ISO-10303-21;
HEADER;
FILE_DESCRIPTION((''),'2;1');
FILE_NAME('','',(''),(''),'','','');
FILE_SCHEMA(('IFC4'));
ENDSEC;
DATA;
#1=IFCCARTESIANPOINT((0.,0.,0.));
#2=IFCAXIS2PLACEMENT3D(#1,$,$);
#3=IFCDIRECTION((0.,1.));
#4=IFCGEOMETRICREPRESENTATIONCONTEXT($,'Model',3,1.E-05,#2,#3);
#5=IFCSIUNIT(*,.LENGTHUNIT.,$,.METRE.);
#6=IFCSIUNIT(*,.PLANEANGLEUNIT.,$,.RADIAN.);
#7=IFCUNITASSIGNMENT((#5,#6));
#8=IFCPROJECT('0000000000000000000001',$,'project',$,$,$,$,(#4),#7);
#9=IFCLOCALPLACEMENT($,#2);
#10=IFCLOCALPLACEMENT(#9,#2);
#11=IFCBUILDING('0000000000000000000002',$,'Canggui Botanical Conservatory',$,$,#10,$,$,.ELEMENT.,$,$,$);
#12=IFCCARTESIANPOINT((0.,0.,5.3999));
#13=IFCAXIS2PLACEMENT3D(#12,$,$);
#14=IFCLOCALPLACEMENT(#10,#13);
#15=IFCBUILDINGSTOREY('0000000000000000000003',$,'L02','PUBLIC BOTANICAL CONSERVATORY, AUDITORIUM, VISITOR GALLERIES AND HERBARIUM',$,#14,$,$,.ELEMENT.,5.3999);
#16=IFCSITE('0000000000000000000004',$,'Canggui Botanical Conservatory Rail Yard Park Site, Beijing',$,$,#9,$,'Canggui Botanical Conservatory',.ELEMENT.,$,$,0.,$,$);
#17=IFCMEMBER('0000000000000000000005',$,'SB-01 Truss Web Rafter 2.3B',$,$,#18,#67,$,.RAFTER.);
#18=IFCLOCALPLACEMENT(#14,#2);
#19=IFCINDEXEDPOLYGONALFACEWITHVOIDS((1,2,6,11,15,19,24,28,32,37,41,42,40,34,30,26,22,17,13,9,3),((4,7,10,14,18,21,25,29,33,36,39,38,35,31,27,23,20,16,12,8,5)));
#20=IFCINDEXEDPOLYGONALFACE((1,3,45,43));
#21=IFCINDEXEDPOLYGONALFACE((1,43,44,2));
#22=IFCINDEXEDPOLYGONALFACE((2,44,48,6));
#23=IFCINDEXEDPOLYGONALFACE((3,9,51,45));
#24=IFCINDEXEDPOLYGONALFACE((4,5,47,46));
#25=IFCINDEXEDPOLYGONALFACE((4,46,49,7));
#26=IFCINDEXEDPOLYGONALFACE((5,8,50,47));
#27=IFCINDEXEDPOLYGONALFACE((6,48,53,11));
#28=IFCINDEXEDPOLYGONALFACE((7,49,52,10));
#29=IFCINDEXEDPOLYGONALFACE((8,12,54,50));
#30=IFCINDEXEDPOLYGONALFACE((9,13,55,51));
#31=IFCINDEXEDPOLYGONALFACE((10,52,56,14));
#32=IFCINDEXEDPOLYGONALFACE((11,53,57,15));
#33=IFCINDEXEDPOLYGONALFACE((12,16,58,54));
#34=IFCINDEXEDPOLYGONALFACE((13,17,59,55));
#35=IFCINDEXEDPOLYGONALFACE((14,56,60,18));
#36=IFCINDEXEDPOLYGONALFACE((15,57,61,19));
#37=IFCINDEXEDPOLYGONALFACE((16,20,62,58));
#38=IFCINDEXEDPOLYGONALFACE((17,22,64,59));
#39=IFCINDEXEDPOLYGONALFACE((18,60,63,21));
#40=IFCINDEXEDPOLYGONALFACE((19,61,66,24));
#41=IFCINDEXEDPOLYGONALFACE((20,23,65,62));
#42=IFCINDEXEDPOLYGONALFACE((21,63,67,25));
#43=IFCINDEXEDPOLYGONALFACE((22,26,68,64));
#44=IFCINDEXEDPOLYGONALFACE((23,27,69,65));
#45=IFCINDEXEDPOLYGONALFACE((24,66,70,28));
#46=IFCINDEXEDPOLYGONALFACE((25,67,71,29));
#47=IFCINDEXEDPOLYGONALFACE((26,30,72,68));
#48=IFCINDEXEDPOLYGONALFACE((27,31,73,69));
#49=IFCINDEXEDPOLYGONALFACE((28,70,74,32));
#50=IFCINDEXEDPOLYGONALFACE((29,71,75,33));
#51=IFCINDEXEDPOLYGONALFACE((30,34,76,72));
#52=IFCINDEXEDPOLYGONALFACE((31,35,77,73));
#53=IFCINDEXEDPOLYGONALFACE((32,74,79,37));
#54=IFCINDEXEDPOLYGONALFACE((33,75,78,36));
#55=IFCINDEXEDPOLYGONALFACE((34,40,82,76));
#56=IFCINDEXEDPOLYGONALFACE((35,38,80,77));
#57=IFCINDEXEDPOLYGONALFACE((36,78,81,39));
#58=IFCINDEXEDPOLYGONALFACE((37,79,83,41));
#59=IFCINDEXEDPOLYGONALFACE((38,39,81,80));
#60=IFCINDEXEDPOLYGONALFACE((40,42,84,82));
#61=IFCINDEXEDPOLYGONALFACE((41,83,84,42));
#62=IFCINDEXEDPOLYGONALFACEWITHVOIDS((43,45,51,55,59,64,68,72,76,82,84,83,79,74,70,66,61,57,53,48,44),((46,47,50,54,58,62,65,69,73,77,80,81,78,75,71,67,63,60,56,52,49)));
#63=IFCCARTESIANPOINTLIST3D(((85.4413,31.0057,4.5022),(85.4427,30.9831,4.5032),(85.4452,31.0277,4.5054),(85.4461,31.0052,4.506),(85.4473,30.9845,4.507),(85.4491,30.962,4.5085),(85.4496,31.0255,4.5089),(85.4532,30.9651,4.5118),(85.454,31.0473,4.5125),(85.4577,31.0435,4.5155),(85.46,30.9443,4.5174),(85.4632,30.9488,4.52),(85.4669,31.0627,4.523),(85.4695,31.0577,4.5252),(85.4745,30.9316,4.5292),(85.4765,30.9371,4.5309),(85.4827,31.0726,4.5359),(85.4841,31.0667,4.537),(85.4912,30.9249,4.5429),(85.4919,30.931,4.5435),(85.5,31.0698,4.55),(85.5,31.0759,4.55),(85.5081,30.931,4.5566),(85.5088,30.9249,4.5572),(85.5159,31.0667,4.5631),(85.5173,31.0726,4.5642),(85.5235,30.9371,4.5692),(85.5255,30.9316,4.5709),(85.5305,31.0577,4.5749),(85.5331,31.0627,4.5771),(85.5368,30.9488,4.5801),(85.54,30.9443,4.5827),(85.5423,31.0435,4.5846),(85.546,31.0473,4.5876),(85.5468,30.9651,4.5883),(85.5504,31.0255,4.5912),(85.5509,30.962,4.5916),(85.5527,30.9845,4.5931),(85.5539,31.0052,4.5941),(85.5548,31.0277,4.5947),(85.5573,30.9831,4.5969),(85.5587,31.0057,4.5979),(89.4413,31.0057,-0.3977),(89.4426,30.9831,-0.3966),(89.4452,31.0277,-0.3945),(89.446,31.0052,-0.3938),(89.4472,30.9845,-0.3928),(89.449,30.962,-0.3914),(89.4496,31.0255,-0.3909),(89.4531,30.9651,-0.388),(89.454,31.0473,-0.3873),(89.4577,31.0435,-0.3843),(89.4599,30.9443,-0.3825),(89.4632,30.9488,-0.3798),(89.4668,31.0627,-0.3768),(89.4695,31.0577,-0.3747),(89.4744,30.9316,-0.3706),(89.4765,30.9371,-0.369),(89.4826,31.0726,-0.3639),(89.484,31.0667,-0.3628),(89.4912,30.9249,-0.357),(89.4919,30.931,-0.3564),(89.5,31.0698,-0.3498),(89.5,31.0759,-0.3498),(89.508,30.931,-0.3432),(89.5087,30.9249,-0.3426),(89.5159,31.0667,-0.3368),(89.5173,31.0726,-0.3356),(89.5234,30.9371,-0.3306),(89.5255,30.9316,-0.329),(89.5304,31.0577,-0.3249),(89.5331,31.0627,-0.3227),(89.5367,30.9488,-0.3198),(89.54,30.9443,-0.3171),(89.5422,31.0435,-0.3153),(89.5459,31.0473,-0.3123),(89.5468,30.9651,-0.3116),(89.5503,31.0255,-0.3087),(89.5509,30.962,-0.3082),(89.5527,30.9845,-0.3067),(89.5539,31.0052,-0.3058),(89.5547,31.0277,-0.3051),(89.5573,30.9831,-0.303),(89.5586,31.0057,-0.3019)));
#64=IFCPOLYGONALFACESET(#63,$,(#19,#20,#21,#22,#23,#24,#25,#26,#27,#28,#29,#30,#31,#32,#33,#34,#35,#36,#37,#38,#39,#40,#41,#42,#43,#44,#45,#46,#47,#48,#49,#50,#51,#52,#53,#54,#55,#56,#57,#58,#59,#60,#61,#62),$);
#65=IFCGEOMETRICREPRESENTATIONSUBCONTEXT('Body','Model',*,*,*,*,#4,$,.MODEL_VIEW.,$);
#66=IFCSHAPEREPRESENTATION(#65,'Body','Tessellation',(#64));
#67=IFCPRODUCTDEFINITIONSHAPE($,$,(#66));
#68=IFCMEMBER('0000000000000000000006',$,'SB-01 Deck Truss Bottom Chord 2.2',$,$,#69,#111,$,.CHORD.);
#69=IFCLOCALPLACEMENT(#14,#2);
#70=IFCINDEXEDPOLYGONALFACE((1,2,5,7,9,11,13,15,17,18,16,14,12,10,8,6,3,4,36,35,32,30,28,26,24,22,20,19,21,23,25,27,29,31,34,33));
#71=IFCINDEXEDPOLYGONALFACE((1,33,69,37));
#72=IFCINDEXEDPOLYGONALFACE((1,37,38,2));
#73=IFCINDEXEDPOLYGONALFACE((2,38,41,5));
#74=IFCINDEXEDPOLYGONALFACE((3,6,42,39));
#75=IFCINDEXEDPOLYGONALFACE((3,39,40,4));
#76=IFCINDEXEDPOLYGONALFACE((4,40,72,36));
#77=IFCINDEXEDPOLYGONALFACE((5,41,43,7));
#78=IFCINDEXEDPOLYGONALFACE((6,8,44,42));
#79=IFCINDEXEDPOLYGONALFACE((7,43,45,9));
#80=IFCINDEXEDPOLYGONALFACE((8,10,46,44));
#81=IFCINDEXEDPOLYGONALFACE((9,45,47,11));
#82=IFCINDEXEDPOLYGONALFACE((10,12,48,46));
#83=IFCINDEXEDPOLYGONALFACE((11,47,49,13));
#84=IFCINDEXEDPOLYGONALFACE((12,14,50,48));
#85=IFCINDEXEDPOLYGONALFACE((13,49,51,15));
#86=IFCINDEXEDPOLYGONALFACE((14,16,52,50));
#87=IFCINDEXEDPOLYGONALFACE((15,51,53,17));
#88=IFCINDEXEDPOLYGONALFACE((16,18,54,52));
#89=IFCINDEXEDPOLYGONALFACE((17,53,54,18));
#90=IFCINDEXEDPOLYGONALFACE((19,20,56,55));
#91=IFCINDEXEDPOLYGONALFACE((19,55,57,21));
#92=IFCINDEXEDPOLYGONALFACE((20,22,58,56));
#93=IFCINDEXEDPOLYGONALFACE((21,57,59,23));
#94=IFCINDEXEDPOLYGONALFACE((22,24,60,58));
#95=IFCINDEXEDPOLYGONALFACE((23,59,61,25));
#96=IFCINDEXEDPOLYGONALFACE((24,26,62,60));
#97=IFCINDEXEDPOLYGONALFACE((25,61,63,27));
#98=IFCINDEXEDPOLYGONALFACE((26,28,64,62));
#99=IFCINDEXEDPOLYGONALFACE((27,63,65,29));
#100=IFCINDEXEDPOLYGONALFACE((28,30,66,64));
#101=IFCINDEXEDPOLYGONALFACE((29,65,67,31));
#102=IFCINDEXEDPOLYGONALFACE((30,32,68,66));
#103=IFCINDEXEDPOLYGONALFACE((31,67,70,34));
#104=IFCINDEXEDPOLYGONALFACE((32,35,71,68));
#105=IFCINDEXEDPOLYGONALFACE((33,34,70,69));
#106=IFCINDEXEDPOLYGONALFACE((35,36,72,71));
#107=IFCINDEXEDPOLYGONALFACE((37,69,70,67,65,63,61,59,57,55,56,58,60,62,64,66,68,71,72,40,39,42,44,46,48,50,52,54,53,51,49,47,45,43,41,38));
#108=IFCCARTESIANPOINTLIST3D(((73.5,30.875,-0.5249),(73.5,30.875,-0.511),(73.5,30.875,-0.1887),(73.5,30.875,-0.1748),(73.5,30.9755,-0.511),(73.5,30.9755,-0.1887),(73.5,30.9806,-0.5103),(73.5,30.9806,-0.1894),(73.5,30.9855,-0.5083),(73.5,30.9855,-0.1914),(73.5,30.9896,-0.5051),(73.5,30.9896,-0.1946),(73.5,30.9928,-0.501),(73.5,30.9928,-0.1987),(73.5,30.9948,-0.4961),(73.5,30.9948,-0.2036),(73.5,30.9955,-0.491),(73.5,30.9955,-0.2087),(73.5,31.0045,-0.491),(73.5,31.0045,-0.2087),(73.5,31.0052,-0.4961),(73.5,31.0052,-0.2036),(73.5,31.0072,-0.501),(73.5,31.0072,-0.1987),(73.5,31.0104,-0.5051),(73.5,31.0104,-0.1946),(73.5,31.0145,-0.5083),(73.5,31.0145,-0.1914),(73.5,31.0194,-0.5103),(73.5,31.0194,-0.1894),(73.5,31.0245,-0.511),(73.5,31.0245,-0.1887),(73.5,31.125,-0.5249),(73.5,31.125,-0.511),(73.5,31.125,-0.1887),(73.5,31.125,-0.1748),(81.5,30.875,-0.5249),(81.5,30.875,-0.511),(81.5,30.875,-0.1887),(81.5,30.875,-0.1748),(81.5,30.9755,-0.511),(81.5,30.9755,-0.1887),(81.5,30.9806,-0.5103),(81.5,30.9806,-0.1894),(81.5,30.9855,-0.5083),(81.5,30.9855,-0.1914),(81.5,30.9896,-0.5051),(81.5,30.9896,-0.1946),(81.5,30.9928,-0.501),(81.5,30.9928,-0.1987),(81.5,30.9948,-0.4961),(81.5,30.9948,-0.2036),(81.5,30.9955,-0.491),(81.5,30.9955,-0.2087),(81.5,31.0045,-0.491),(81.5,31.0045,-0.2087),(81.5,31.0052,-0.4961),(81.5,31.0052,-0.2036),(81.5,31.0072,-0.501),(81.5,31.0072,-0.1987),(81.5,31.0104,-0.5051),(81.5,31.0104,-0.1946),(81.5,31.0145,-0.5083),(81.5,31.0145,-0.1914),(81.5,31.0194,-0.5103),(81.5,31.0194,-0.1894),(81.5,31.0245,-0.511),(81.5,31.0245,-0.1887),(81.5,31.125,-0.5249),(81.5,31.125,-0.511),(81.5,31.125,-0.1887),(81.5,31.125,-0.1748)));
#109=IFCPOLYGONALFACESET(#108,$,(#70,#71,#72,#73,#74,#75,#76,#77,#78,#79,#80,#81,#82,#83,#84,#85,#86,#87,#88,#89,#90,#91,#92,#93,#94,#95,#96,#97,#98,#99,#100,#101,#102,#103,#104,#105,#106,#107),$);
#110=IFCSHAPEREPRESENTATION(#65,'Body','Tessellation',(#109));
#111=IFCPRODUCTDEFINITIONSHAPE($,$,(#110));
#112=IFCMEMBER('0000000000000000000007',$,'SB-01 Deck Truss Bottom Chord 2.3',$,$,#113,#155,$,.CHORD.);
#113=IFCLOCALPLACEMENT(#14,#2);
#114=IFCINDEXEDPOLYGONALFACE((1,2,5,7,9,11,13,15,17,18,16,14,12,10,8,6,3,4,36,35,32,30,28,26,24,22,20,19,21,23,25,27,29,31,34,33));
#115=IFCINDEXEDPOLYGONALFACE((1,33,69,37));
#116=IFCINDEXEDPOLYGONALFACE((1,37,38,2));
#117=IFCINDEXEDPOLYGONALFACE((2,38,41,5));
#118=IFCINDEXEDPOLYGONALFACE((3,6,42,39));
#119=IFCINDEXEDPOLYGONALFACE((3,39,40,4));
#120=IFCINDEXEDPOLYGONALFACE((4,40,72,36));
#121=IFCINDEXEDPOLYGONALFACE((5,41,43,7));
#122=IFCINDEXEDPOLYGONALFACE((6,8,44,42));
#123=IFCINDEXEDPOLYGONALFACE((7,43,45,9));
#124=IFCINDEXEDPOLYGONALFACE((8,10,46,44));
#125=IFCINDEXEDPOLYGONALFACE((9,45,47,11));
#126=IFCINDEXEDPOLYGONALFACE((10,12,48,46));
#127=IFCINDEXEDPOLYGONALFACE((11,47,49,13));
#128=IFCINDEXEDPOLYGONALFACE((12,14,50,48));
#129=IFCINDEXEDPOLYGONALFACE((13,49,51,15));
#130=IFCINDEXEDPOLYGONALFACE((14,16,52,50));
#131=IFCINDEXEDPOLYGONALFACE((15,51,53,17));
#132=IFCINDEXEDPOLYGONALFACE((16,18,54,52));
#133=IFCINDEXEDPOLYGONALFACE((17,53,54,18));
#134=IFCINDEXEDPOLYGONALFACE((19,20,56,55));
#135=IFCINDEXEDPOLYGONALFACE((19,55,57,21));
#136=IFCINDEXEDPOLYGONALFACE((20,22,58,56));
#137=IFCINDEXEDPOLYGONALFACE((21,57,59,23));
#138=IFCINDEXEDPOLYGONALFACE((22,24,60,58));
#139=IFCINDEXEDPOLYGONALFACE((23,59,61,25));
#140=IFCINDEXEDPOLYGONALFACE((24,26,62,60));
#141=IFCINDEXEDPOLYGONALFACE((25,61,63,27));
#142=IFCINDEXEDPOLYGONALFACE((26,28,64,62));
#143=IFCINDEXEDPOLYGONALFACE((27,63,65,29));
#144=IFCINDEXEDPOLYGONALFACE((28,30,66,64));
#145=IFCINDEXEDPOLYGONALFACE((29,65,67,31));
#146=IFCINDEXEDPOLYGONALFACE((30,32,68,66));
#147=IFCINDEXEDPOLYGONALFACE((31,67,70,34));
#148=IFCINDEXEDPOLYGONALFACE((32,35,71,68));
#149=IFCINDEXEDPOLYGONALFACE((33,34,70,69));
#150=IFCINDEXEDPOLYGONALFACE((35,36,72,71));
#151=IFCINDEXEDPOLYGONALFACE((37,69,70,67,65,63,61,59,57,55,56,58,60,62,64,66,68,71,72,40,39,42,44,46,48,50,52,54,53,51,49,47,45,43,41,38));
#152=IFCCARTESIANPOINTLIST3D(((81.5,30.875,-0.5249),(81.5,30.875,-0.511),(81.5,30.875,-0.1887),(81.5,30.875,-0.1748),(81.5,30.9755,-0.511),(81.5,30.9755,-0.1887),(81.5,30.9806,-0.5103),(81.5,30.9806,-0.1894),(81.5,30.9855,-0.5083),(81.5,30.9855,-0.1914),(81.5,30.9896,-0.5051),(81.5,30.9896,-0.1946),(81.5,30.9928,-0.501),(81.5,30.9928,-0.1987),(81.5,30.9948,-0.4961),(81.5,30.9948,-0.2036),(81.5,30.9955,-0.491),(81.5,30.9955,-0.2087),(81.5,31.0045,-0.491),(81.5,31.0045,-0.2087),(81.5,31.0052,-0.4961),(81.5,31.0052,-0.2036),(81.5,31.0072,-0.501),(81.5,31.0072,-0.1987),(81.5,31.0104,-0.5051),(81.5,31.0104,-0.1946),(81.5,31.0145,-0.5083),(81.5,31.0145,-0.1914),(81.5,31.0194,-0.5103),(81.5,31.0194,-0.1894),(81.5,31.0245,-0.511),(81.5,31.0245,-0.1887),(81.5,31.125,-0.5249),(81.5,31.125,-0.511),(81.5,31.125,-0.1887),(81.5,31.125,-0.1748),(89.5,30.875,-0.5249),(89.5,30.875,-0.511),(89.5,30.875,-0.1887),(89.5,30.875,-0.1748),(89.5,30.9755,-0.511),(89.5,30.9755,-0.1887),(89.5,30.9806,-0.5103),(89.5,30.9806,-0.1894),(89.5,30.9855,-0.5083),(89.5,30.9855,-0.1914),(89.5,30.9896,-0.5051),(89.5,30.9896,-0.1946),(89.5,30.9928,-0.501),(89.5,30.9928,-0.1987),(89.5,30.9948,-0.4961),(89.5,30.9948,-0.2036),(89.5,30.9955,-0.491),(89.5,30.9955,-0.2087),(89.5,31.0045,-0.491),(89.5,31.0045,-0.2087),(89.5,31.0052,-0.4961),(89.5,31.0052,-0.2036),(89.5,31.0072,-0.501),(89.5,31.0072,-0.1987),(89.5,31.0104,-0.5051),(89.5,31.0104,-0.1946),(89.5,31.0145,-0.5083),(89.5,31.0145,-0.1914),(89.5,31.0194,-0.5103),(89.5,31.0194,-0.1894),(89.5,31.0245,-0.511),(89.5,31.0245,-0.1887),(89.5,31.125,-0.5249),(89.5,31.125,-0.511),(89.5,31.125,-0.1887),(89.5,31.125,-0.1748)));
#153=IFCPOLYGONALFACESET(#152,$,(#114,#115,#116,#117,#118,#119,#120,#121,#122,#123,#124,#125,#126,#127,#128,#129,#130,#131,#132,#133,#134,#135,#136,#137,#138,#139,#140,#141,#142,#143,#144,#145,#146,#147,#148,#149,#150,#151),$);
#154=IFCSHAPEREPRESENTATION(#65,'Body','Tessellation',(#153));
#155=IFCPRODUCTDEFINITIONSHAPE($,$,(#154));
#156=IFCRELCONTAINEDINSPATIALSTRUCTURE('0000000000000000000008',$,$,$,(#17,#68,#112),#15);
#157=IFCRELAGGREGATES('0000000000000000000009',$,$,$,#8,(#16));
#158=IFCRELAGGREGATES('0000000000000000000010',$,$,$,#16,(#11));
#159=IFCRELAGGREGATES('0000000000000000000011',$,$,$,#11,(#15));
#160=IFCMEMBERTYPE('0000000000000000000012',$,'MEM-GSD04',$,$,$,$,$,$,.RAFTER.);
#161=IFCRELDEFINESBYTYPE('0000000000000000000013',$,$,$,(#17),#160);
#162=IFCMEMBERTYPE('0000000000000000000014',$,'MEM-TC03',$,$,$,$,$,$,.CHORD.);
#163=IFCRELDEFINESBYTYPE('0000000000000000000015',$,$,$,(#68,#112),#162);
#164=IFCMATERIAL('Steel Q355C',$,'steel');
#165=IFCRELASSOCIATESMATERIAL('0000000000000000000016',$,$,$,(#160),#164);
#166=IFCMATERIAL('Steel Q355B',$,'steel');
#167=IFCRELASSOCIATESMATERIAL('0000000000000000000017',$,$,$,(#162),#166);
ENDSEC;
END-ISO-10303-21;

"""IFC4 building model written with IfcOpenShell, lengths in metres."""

from ifc_helpers import new_model, si_unit, direction, frame, origin, origin_2d, place, context, subcontext, project, spatial, hollow_circle, i_section, extrude, material, material_profile, profile_set, type_object, element, save


model = new_model("IFC4")

# Units and contexts
model_context = context("Model", 3, precision=1e-05, world=origin(), true_north=direction((0.0, 1.0)))
body_context = subcontext(model_context, "Body", "Model", "MODEL_VIEW")
ifc_project = project(units=[si_unit("LENGTHUNIT", "METRE"), si_unit("PLANEANGLEUNIT", "RADIAN")], contexts=[model_context])

# Site, building, storey
site_placement = place(None, origin())
site = spatial("IfcSite", under=ifc_project, at=site_placement, Name="Canggui Botanical Conservatory Rail Yard Park Site, Beijing", LongName="Canggui Botanical Conservatory", CompositionType="ELEMENT", RefElevation=0.0)
building_placement = place(site_placement, origin())
building = spatial("IfcBuilding", under=site, at=building_placement, Name="Canggui Botanical Conservatory", CompositionType="ELEMENT")
storey_placement = place(building_placement, frame((0.0, 0.0, 5.3999)))
storey = spatial("IfcBuildingStorey", under=building, at=storey_placement, Name="L02", Description="PUBLIC BOTANICAL CONSERVATORY, AUDITORIUM, VISITOR GALLERIES AND HERBARIUM", CompositionType="ELEMENT", Elevation=5.3999)

# Shared definitions
ifc_material_1 = material(Name="Steel Q355B", Category="steel")

# Members
ifc_material_2 = material(Name="Steel Q355C", Category="steel")
ifc_material_profile_1 = material_profile(ifc_material_2, hollow_circle(Radius=0.0759, WallThickness=0.0061, at=origin_2d()), Name="CHS 152x6")
ifc_profile_set_1 = profile_set([ifc_material_profile_1], Name="Steel Q355C")
member_type_1 = type_object("IfcMemberType", Name="MEM-GSD04", PredefinedType="RAFTER", material=ifc_profile_set_1)
for number, where, z_axis, x_axis, name in (
    (1, (85.5, 31.0, 4.55), (0.632384, 0.0, -0.774655), (0.0, 1.0, 0.0), "SB-01 Truss Web Rafter 2.3B"),
):
    element("IfcMember", number, at=place(storey_placement, frame(where, z_axis=z_axis, x_axis=x_axis)), inside=storey, type_object=member_type_1, Name=name, PredefinedType="RAFTER", context=body_context, shape_type="SweptSolid", body=[
        extrude(hollow_circle(Radius=0.0759, WallThickness=0.0061, at=origin_2d()), origin(), (0.0, 0.0, 1.0), 6.3252),
    ])
ifc_material_profile_2 = material_profile(ifc_material_1, i_section(OverallWidth=0.25, OverallDepth=0.3501, WebThickness=0.009, FlangeThickness=0.0139, FilletRadius=0.02, at=origin_2d()), Name="HM 350x250x9x14")
ifc_profile_set_2 = profile_set([ifc_material_profile_2], Name="Steel Q355B")
member_type_2 = type_object("IfcMemberType", Name="MEM-TC03", PredefinedType="CHORD", material=ifc_profile_set_2)
for number, where, z_axis, x_axis, name in (
    (2, (73.5, 31.0, -0.3499), (1.0, 0.0, 0.0), (0.0, 1.0, 0.0), "SB-01 Deck Truss Bottom Chord 2.2"),
    (3, (81.5, 31.0, -0.3499), (1.0, 0.0, 0.0), (0.0, 1.0, 0.0), "SB-01 Deck Truss Bottom Chord 2.3"),
):
    element("IfcMember", number, at=place(storey_placement, frame(where, z_axis=z_axis, x_axis=x_axis)), inside=storey, type_object=member_type_2, Name=name, PredefinedType="CHORD", context=body_context, shape_type="SweptSolid", body=[
        extrude(i_section(OverallWidth=0.25, OverallDepth=0.3501, WebThickness=0.009, FlangeThickness=0.0139, FilletRadius=0.02, at=origin_2d()), origin(), (0.0, 0.0, 1.0), 8.0),
    ])

save(model, "model.ifc")
